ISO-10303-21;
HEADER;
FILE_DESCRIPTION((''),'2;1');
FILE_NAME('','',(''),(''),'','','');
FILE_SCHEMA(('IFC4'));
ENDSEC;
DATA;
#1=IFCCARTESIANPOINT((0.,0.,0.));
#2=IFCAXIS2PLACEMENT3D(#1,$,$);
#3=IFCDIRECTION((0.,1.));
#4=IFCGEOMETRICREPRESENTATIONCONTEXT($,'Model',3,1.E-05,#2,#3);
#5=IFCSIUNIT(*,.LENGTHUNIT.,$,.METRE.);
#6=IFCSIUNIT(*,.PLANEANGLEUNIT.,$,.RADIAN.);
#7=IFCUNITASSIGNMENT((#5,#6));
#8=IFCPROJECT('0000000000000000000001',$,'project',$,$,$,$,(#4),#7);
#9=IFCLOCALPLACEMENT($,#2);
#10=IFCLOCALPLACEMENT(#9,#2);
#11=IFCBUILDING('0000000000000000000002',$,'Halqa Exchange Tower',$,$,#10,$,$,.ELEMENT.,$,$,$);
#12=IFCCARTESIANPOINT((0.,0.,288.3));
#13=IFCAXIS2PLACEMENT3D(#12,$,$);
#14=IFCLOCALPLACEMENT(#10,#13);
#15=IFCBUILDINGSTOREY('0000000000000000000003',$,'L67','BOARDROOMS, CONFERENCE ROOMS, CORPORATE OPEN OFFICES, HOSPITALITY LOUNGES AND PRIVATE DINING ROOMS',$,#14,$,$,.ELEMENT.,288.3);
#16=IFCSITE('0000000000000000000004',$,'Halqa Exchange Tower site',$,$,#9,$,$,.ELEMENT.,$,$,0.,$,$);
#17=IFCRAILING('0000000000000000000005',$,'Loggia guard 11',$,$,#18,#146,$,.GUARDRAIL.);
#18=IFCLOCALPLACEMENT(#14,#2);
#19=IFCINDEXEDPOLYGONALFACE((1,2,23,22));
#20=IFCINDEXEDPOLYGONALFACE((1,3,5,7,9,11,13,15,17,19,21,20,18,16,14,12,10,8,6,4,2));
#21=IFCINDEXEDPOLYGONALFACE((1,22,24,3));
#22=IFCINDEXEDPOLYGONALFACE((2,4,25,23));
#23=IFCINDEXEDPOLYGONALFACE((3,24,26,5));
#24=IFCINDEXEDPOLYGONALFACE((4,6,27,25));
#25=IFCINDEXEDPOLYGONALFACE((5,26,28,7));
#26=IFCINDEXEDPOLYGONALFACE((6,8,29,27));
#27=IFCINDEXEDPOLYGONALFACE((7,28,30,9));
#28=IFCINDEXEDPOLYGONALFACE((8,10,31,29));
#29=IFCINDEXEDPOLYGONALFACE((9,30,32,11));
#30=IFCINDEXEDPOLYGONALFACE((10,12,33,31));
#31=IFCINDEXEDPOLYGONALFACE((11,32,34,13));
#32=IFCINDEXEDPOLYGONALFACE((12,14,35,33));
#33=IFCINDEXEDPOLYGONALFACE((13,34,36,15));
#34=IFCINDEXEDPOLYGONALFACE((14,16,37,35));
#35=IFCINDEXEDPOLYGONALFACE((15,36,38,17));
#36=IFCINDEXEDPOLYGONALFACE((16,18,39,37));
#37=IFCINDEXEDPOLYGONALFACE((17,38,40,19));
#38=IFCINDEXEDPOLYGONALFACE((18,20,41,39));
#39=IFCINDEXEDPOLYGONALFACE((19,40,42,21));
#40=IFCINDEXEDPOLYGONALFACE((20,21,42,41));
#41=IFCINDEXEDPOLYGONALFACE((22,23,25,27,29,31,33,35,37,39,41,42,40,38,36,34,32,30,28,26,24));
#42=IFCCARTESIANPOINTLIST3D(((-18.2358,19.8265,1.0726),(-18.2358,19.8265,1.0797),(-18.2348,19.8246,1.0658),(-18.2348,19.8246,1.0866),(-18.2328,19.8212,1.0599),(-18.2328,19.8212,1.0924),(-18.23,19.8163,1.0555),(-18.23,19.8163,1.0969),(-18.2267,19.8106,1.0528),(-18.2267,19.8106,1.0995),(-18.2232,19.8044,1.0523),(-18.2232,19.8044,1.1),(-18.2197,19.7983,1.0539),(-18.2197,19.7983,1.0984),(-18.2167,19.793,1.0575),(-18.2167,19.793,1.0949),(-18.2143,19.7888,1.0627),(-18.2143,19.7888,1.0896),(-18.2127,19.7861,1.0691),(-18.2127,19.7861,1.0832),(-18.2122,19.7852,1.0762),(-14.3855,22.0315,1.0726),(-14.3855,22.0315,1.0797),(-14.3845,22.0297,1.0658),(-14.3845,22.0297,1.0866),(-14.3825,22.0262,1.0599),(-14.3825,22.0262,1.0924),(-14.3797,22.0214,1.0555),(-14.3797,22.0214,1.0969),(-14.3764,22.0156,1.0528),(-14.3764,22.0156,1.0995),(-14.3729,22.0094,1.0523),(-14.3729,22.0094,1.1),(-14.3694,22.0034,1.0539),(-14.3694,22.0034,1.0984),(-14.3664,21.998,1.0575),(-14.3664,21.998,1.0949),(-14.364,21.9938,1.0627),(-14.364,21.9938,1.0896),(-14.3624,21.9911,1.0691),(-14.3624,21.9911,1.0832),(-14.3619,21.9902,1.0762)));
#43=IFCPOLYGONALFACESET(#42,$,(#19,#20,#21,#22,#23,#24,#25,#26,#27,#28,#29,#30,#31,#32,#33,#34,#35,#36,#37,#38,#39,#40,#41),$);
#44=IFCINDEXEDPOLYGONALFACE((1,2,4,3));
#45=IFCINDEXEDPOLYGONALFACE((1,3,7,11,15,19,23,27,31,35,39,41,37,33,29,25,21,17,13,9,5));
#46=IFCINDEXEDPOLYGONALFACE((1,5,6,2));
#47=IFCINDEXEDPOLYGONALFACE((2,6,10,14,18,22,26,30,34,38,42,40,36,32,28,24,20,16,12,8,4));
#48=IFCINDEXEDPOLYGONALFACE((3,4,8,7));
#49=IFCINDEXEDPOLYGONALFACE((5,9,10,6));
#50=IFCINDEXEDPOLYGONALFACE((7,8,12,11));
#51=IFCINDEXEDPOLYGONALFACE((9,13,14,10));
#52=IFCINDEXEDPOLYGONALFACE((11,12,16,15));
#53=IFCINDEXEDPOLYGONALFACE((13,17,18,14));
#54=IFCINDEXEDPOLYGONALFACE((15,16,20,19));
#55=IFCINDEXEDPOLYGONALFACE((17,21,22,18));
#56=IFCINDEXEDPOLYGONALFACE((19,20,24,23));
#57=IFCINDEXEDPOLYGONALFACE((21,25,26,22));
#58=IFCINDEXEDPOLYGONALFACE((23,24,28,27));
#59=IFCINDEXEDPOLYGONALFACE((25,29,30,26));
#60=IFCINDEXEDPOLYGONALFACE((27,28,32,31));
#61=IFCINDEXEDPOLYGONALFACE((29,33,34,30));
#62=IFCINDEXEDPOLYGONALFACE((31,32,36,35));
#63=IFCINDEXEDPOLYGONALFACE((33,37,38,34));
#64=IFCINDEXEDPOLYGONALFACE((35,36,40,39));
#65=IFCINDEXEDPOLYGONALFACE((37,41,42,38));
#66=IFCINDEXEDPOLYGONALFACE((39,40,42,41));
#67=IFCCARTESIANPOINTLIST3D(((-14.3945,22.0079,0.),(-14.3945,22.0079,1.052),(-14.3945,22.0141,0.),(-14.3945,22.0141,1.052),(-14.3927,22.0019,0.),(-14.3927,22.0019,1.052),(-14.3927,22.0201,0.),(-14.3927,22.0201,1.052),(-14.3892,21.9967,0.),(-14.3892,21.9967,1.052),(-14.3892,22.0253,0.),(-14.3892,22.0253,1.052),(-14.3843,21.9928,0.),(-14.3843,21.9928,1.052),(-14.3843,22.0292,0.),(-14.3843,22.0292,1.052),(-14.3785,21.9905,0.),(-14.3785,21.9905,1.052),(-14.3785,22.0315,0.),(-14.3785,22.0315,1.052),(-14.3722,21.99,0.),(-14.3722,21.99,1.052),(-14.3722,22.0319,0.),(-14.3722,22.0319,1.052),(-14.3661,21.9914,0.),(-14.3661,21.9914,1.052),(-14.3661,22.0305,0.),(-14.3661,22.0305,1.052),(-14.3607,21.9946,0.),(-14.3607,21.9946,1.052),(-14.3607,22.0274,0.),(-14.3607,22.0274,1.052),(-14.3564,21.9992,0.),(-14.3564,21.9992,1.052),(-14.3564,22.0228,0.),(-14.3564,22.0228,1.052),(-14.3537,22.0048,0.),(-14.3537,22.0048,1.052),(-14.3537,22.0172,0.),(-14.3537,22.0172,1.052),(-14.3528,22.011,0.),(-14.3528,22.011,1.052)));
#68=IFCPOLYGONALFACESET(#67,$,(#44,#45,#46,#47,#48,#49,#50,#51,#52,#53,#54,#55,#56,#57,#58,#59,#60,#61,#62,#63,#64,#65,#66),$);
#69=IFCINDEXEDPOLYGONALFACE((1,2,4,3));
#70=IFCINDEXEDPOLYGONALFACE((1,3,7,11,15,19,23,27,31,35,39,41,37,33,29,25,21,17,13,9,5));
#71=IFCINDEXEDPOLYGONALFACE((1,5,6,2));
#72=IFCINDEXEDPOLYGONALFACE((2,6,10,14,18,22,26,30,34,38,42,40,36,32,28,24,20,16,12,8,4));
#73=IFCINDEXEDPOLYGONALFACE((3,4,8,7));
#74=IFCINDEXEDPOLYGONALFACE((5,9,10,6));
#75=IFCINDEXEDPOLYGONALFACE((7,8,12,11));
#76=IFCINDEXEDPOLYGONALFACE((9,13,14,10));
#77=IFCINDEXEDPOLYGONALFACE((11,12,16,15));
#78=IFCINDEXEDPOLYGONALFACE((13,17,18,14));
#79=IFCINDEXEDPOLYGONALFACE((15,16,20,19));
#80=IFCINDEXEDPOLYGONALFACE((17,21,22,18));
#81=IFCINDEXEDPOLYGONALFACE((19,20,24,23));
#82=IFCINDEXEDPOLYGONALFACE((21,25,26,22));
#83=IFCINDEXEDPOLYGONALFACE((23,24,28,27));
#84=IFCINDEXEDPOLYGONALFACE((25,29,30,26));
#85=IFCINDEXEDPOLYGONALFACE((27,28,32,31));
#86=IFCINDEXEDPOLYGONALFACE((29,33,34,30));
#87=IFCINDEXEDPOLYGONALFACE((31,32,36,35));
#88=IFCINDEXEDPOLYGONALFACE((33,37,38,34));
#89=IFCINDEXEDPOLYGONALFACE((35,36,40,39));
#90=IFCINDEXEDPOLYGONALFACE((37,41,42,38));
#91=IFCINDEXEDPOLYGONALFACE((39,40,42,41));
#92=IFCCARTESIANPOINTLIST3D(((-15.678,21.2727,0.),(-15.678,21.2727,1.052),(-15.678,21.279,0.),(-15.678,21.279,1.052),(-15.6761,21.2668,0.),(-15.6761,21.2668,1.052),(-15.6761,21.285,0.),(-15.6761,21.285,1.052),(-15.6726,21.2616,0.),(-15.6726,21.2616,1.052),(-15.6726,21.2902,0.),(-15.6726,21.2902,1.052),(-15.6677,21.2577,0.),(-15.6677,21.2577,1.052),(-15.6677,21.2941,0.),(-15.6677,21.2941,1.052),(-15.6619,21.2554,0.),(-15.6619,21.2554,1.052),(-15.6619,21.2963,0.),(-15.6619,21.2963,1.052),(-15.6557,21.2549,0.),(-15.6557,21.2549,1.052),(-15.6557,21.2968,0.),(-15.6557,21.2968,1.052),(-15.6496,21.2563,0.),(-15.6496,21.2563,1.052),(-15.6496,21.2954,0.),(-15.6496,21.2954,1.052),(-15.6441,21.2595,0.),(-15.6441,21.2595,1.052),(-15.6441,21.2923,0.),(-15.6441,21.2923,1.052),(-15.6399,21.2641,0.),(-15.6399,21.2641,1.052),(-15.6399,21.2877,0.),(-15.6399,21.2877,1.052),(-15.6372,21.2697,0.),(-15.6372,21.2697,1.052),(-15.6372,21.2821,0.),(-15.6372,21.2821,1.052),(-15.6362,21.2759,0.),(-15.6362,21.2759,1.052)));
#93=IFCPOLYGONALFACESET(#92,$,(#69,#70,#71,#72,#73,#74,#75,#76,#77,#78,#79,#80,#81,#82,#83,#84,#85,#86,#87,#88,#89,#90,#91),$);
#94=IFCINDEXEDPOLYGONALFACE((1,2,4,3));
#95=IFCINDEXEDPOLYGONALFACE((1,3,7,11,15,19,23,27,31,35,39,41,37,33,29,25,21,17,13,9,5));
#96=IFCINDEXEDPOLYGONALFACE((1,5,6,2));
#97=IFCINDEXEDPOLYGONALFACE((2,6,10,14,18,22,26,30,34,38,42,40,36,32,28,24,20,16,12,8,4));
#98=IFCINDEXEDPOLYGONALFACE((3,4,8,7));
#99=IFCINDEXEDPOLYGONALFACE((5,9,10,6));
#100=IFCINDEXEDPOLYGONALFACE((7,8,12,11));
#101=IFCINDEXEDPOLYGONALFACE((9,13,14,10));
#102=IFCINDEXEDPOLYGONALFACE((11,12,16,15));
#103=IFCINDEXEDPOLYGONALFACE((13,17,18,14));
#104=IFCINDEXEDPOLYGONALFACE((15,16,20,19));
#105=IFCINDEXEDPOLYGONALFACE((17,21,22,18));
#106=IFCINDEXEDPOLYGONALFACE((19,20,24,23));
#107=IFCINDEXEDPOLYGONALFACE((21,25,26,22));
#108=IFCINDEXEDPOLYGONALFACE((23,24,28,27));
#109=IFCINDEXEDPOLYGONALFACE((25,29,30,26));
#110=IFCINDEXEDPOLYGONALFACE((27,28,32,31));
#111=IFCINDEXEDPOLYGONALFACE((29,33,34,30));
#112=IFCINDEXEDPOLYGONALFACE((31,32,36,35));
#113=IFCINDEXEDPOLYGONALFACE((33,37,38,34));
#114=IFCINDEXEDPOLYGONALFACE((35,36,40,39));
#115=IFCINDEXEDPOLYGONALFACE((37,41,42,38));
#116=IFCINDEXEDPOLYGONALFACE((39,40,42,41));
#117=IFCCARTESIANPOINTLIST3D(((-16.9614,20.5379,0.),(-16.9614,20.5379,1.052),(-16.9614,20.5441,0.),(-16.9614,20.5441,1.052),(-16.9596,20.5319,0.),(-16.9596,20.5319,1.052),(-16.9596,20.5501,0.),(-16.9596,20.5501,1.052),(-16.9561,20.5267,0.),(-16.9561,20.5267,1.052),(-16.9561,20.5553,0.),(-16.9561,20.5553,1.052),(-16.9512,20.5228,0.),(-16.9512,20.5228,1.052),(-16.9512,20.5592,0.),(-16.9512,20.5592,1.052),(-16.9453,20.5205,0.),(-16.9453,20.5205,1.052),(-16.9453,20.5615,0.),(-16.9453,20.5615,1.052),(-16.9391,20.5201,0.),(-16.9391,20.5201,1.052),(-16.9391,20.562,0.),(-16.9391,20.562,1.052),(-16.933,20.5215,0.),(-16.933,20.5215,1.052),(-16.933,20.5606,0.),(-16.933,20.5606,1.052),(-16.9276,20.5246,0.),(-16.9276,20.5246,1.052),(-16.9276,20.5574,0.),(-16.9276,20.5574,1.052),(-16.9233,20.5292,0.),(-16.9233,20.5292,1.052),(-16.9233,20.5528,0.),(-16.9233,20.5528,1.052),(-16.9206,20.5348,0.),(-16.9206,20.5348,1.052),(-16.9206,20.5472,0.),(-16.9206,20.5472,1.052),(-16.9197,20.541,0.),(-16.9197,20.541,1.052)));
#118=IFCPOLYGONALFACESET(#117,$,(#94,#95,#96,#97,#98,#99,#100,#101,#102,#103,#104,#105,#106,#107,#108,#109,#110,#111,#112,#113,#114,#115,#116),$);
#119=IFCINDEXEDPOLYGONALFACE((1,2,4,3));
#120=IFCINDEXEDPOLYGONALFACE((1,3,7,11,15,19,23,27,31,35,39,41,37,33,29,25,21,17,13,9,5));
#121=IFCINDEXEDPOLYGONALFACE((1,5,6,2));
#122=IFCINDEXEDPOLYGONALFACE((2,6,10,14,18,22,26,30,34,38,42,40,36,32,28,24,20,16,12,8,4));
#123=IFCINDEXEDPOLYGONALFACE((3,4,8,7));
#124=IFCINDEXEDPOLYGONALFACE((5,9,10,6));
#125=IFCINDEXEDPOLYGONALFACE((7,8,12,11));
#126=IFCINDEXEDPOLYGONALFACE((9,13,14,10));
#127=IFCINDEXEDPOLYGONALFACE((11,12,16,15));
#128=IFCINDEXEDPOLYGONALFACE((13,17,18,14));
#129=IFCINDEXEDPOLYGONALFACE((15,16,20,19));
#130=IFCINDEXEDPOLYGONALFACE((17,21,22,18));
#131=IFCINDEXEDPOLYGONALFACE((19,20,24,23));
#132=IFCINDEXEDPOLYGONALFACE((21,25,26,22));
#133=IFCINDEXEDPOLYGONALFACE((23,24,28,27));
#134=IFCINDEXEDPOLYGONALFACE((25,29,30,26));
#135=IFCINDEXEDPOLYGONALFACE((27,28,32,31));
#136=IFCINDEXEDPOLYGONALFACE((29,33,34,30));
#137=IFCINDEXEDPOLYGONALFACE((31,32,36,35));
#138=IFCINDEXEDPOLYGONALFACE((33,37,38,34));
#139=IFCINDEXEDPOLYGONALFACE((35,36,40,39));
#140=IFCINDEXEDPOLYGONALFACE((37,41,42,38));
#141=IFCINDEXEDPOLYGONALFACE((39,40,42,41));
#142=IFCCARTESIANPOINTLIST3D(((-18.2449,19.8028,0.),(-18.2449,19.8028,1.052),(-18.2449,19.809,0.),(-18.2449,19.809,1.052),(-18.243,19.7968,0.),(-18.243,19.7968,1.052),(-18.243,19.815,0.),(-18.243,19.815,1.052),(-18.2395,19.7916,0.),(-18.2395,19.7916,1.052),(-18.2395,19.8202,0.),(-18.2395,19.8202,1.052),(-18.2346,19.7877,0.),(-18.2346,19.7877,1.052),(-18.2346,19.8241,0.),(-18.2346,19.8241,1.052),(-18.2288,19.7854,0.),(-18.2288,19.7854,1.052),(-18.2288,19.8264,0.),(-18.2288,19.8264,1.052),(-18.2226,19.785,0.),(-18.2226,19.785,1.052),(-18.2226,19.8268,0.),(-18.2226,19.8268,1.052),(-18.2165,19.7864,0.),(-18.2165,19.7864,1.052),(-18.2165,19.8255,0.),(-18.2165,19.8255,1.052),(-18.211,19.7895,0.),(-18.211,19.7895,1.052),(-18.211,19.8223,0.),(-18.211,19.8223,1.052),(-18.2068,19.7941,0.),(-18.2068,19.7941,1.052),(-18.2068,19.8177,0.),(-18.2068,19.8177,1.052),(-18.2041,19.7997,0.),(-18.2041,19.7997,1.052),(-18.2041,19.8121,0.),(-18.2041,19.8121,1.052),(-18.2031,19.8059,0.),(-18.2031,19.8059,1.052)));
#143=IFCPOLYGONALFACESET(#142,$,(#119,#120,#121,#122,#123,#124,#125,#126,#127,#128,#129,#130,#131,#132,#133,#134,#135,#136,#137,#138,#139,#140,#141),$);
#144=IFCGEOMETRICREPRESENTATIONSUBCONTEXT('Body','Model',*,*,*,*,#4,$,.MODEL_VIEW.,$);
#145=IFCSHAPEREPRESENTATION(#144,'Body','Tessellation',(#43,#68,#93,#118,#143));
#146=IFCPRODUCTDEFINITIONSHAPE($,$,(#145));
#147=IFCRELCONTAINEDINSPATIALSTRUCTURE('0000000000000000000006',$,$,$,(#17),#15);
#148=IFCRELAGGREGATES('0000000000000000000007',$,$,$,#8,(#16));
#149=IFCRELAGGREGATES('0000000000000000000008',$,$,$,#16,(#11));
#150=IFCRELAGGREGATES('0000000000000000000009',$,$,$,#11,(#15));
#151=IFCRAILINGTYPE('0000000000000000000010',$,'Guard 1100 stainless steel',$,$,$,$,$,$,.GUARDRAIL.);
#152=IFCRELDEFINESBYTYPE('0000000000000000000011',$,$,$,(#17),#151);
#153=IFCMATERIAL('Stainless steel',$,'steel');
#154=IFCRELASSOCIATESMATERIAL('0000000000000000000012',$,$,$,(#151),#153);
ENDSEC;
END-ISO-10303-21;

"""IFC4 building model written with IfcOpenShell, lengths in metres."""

from ifc_helpers import new_model, si_unit, direction, frame, origin, origin_2d, place, context, subcontext, project, spatial, circle, extrude, material, type_object, element, save


model = new_model("IFC4")

# Units and contexts
model_context = context("Model", 3, precision=1e-05, world=origin(), true_north=direction((0.0, 1.0)))
body_context = subcontext(model_context, "Body", "Model", "MODEL_VIEW")
ifc_project = project(units=[si_unit("LENGTHUNIT", "METRE"), si_unit("PLANEANGLEUNIT", "RADIAN")], contexts=[model_context])

# Site, building, storey
site_placement = place(None, origin())
site = spatial("IfcSite", under=ifc_project, at=site_placement, Name="Halqa Exchange Tower site", CompositionType="ELEMENT", RefElevation=0.0)
building_placement = place(site_placement, origin())
building = spatial("IfcBuilding", under=site, at=building_placement, Name="Halqa Exchange Tower", CompositionType="ELEMENT")
storey_placement = place(building_placement, frame((0.0, 0.0, 288.3)))
storey = spatial("IfcBuildingStorey", under=building, at=storey_placement, Name="L67", Description="BOARDROOMS, CONFERENCE ROOMS, CORPORATE OPEN OFFICES, HOSPITALITY LOUNGES AND PRIVATE DINING ROOMS", CompositionType="ELEMENT", Elevation=288.3)

# Railing
ifc_material_1 = material(Name="Stainless steel", Category="steel")
railing_type = type_object("IfcRailingType", Name="Guard 1100 stainless steel", PredefinedType="GUARDRAIL", material=ifc_material_1)
railing_1_placement = place(storey_placement, frame((-14.3738, 22.011, 0.0)))
element("IfcRailing", 1, at=railing_1_placement, inside=storey, type_object=railing_type, Name="Loggia guard 11", PredefinedType="GUARDRAIL", context=body_context, shape_type="SweptSolid", body=[
    extrude(circle(Radius=0.0239, at=origin_2d()), frame((0.0, 0.0, 1.0762), z_axis=(-0.867769, -0.496968, 0.0), x_axis=(0.496968, -0.867769, 0.0)), (0.0, 0.0, 1.0), 4.437),
    extrude(circle(Radius=0.021, at=origin_2d()), origin(), (0.0, 0.0, 1.0), 1.052),
    extrude(circle(Radius=0.021, at=origin_2d()), frame((-1.2834, -0.7351, 0.0)), (0.0, 0.0, 1.0), 1.052),
    extrude(circle(Radius=0.021, at=origin_2d()), frame((-2.5669, -1.47, 0.0)), (0.0, 0.0, 1.0), 1.052),
    extrude(circle(Radius=0.021, at=origin_2d()), frame((-3.8503, -2.2051, 0.0)), (0.0, 0.0, 1.0), 1.052),
])

save(model, "model.ifc")
